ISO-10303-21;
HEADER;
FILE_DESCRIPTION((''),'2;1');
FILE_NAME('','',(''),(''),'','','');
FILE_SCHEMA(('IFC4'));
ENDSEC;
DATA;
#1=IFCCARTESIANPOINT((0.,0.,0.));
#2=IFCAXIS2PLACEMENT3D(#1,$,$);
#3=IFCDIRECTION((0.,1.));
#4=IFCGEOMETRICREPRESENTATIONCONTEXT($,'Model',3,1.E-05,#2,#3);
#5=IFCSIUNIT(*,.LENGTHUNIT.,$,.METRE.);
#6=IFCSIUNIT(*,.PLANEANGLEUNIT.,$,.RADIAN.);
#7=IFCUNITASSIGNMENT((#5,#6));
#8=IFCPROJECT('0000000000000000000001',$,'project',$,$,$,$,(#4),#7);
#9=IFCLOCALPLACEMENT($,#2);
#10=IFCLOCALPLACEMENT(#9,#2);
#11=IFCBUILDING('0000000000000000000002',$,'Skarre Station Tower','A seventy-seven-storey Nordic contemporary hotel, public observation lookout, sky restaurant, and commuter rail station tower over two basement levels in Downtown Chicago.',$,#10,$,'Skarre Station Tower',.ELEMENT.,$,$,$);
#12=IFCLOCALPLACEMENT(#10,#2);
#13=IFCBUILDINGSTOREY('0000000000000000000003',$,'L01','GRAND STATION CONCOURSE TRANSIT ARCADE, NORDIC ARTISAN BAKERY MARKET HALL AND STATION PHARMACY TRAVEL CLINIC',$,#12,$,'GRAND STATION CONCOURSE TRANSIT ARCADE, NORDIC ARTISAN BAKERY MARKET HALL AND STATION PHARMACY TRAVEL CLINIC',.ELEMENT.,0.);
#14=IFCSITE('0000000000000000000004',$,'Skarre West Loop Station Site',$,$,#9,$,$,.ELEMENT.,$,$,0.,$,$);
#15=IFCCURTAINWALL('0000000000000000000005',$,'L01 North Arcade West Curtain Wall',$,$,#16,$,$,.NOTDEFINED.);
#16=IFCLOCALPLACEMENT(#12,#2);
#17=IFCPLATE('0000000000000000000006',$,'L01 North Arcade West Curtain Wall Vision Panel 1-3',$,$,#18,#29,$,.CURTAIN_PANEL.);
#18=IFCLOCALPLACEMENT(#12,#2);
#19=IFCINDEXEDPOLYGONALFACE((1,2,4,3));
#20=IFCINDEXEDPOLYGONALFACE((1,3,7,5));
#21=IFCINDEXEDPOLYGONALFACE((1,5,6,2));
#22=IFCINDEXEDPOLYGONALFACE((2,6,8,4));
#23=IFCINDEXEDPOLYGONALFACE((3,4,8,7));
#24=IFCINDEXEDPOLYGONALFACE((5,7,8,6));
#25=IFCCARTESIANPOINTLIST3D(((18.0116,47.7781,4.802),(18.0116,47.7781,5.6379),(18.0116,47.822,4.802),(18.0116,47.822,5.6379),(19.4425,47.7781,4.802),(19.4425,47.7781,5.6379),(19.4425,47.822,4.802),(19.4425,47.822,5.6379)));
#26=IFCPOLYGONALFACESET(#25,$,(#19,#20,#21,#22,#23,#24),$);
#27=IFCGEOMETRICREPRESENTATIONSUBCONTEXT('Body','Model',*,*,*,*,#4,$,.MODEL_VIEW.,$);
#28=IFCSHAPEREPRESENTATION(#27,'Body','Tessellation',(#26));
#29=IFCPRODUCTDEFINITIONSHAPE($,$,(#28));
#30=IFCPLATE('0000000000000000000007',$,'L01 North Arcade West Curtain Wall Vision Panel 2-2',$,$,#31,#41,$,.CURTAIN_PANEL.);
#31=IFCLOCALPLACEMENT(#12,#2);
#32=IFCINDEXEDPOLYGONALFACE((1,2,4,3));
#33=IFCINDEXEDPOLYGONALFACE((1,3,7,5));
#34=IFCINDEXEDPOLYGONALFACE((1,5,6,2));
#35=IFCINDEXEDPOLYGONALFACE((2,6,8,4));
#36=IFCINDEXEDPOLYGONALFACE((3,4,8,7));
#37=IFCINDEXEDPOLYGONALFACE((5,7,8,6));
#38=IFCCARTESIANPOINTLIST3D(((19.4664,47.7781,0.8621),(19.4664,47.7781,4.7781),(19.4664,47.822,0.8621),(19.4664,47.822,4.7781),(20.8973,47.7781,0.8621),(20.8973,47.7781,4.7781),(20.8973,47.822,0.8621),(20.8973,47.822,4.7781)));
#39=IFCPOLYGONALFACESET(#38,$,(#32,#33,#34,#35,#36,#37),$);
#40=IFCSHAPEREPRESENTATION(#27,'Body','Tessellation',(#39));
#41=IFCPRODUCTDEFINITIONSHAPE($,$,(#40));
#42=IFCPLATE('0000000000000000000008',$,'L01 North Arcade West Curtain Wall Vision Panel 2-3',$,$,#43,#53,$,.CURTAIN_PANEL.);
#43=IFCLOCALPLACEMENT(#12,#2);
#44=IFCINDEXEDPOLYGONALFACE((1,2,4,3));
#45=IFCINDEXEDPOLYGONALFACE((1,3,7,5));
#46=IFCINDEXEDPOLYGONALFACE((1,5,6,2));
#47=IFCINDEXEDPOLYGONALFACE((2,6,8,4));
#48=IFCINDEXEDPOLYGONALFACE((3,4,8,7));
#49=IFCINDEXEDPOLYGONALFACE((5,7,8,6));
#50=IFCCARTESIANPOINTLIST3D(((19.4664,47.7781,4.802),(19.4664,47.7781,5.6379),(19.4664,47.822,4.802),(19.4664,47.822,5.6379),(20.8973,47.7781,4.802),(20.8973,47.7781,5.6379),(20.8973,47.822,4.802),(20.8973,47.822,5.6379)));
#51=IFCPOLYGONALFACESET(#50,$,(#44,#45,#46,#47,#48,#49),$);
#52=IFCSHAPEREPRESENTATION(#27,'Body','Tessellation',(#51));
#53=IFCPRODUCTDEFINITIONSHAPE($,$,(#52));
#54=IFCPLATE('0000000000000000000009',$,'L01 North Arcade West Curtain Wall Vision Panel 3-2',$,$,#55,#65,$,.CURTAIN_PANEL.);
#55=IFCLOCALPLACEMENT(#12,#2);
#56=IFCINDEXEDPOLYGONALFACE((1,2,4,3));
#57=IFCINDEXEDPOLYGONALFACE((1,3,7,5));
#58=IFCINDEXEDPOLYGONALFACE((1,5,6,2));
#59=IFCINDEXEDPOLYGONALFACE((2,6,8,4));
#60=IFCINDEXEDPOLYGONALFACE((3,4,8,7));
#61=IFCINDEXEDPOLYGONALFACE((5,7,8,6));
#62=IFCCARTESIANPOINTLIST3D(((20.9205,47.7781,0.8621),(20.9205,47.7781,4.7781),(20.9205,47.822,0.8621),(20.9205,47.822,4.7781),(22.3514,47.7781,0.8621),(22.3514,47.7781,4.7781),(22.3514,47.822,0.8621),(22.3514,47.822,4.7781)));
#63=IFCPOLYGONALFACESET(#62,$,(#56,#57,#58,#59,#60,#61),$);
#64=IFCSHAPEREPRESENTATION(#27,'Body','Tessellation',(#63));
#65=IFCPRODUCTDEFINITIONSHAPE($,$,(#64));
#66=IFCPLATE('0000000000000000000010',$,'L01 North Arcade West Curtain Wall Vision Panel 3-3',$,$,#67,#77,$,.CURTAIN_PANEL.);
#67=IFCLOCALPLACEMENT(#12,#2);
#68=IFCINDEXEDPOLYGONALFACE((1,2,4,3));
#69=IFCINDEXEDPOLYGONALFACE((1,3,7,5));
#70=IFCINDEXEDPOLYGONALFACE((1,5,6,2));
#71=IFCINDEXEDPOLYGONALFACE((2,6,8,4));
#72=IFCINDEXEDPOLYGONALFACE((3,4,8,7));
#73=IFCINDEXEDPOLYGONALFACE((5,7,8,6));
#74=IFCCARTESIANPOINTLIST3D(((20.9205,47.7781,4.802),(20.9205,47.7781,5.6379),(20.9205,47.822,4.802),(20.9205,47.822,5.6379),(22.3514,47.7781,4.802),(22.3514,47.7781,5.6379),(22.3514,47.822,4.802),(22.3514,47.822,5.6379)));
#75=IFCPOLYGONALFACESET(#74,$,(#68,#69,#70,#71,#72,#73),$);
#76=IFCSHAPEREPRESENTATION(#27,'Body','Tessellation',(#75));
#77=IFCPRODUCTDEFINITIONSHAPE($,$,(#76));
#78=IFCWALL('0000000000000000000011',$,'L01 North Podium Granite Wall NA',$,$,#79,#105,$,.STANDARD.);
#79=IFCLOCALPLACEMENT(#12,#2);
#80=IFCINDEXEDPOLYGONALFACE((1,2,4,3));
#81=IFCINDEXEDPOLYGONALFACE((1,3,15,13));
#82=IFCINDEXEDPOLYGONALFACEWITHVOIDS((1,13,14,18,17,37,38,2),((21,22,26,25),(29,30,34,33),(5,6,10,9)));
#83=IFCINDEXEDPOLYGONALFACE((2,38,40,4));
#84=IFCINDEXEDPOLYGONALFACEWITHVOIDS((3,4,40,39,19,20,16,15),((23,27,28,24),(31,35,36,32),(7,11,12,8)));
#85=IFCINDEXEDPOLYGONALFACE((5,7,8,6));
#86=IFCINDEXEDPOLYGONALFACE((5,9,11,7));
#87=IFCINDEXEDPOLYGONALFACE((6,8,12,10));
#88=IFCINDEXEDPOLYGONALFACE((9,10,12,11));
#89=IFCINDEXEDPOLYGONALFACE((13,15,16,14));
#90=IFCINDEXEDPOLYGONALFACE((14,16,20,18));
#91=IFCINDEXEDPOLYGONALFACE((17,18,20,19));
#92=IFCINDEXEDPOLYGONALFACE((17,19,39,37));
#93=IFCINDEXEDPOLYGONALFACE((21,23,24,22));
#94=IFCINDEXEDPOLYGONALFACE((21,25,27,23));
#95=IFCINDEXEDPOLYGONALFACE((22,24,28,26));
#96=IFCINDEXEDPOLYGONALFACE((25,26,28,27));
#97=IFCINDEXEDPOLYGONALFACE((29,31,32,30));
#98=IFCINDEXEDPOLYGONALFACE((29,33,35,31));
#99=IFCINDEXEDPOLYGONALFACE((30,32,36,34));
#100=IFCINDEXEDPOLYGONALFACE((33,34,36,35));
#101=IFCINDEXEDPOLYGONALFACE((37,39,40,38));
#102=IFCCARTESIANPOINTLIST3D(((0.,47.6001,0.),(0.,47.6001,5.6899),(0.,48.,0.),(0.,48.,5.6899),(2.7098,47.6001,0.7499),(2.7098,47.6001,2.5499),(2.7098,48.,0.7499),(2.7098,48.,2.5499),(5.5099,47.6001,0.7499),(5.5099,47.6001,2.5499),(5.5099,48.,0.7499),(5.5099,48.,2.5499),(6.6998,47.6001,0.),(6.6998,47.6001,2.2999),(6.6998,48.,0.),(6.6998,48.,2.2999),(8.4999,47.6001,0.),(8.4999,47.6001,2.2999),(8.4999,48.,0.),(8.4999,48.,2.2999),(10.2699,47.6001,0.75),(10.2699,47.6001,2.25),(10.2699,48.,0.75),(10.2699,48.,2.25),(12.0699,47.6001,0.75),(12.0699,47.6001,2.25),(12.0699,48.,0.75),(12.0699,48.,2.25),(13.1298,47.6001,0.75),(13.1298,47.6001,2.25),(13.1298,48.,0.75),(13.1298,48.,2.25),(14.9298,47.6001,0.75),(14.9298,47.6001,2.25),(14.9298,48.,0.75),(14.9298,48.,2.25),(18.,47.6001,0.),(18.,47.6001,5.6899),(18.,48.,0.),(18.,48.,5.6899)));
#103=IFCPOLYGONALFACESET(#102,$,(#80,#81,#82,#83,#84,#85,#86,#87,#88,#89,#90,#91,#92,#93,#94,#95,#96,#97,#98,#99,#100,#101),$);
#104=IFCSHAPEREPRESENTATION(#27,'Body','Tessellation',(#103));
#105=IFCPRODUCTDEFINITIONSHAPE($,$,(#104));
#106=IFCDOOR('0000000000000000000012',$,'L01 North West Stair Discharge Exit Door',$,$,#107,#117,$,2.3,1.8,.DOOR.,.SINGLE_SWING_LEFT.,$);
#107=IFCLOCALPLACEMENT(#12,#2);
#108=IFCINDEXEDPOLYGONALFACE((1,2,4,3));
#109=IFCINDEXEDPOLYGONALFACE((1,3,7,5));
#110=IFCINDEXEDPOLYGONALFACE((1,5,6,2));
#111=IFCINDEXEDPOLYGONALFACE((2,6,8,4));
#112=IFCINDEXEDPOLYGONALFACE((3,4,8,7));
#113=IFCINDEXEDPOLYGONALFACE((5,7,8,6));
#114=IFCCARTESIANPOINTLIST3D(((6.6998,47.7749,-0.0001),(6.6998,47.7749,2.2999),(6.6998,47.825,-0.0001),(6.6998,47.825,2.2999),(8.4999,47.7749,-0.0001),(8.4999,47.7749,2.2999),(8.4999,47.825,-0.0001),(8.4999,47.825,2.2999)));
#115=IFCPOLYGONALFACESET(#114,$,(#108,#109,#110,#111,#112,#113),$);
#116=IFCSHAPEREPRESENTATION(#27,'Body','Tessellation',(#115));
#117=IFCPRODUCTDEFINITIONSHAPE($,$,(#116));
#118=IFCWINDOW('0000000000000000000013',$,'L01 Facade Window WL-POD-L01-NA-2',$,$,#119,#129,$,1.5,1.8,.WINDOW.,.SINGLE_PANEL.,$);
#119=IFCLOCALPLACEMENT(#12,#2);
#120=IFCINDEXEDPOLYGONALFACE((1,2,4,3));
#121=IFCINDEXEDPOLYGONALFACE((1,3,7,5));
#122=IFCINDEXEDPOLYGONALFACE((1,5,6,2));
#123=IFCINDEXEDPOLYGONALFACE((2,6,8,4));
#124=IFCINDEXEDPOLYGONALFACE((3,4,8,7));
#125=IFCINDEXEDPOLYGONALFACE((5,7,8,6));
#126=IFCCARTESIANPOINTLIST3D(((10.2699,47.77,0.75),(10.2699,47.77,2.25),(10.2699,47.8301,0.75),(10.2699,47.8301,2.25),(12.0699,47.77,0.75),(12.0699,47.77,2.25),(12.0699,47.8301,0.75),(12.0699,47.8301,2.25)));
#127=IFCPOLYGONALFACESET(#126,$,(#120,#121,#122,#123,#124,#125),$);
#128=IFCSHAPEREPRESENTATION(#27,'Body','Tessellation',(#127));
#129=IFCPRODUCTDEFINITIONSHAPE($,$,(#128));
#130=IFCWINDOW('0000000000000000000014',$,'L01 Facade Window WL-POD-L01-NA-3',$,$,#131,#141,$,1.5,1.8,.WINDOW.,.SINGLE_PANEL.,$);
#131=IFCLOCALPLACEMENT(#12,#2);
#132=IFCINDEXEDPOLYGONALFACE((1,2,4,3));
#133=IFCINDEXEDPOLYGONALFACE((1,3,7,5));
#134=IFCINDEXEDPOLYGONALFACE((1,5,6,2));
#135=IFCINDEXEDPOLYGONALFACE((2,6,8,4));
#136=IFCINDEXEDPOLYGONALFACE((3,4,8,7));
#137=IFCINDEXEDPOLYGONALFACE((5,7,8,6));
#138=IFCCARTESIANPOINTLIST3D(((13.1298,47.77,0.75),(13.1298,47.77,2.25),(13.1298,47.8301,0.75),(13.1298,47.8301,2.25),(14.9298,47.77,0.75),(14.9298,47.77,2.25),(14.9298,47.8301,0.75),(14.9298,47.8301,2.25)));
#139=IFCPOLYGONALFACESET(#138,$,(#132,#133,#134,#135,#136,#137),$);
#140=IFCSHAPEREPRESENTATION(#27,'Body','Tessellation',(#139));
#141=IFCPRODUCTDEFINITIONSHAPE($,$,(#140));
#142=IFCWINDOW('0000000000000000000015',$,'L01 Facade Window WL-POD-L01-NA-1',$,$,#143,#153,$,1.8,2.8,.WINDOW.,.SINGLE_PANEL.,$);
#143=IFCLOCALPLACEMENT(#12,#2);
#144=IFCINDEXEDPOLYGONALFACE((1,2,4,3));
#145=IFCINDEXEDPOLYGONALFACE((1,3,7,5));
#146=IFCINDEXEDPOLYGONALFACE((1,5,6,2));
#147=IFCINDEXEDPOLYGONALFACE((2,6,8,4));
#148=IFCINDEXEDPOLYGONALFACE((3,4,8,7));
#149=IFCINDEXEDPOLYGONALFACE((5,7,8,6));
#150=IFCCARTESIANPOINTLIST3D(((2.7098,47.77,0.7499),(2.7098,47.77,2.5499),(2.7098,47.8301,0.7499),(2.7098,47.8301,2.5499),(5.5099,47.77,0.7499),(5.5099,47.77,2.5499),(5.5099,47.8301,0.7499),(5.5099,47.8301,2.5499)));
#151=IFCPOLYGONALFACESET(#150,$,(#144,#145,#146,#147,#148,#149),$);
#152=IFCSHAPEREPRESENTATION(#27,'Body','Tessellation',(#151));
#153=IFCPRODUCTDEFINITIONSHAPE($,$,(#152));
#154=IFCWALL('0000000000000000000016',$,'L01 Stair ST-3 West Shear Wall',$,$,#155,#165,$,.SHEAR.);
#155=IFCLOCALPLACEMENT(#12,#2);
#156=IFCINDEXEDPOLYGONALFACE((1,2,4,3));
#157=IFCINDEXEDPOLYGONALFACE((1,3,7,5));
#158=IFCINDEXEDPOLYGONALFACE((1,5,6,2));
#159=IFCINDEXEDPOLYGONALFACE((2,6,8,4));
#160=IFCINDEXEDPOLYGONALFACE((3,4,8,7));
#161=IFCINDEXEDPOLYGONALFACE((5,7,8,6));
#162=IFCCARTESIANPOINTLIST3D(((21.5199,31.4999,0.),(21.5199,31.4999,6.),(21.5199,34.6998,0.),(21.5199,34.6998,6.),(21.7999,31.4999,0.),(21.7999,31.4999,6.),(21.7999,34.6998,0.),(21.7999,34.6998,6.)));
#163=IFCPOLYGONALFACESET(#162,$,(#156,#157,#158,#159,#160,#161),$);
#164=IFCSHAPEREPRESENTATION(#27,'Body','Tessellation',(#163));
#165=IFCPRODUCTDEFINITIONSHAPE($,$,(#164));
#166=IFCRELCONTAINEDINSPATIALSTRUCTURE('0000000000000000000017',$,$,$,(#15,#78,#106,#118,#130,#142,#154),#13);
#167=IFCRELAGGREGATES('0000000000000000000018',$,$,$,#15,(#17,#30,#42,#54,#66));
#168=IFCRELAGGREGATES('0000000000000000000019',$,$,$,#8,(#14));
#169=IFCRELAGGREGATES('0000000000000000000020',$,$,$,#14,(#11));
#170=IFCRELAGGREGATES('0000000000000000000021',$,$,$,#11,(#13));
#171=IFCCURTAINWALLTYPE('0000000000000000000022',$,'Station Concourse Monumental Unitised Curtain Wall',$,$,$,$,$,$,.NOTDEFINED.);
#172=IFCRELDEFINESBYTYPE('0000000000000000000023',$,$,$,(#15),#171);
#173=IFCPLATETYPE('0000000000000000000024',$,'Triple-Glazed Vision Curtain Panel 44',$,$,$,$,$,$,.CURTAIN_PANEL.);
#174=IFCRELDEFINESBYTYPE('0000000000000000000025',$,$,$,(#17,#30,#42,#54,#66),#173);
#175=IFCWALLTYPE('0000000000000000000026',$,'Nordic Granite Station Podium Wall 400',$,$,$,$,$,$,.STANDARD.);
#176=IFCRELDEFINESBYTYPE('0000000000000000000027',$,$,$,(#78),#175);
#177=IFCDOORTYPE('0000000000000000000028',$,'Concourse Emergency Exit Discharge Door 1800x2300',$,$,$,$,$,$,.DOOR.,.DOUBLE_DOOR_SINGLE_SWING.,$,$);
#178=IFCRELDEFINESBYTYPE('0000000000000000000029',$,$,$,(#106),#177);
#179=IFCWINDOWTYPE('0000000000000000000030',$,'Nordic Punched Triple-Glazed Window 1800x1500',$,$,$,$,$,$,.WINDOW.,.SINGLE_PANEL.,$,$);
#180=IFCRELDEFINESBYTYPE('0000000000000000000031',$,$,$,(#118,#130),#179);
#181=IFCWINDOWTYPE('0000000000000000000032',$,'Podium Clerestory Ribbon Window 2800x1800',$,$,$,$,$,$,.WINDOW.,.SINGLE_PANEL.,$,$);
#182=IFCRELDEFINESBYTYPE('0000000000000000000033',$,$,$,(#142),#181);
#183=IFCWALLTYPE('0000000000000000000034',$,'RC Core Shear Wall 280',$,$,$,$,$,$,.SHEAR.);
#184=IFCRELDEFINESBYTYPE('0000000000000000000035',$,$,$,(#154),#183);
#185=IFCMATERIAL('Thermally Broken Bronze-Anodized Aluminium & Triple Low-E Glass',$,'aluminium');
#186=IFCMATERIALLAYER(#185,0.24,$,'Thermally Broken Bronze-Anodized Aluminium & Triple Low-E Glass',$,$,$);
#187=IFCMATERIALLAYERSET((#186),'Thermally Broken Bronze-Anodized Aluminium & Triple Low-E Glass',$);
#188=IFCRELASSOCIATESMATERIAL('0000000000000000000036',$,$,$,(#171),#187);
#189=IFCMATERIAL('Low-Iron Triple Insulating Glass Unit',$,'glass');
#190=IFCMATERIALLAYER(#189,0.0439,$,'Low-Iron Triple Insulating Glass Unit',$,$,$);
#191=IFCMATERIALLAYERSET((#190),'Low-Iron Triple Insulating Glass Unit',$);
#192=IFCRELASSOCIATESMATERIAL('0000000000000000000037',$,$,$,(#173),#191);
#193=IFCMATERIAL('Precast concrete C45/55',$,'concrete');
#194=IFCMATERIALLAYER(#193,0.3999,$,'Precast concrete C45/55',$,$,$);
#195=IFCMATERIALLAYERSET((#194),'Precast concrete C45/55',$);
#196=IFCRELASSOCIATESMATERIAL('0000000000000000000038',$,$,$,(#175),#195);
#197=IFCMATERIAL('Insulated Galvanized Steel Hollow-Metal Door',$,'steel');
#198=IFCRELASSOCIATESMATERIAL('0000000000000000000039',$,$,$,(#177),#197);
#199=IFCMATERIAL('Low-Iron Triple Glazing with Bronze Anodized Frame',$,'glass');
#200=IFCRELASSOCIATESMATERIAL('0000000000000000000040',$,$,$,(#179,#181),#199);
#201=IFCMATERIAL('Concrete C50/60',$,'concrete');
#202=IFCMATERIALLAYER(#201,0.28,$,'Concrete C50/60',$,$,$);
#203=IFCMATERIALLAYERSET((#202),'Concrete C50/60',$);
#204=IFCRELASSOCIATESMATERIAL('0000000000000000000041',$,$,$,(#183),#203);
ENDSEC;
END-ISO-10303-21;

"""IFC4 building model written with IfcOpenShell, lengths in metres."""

from ifc_helpers import new_model, si_unit, direction, frame, frame_2d, origin, origin_2d, place, context, subcontext, project, spatial, rectangle, extrude, material, layer, layer_set, type_object, element, fill, aggregate, save


model = new_model("IFC4")

# Units and contexts
model_context = context("Model", 3, precision=1e-05, world=origin(), true_north=direction((0.0, 1.0)))
body_context = subcontext(model_context, "Body", "Model", "MODEL_VIEW")
ifc_project = project(units=[si_unit("LENGTHUNIT", "METRE"), si_unit("PLANEANGLEUNIT", "RADIAN")], contexts=[model_context])

# Site, building, storey
site_placement = place(None, origin())
site = spatial("IfcSite", under=ifc_project, at=site_placement, Name="Skarre West Loop Station Site", CompositionType="ELEMENT", RefElevation=0.0)
building_placement = place(site_placement, origin())
building = spatial("IfcBuilding", under=site, at=building_placement, Name="Skarre Station Tower", Description="A seventy-seven-storey Nordic contemporary hotel, public observation lookout, sky restaurant, and commuter rail station tower over two basement levels in Downtown Chicago.", LongName="Skarre Station Tower", CompositionType="ELEMENT")
storey_placement = place(building_placement, origin())
storey = spatial("IfcBuildingStorey", under=building, at=storey_placement, Name="L01", Description="GRAND STATION CONCOURSE TRANSIT ARCADE, NORDIC ARTISAN BAKERY MARKET HALL AND STATION PHARMACY TRAVEL CLINIC", LongName="GRAND STATION CONCOURSE TRANSIT ARCADE, NORDIC ARTISAN BAKERY MARKET HALL AND STATION PHARMACY TRAVEL CLINIC", CompositionType="ELEMENT", Elevation=0.0)

# Curtain wall
ifc_material_1 = material(Name="Thermally Broken Bronze-Anodized Aluminium & Triple Low-E Glass", Category="aluminium")
ifc_layer_1 = layer(ifc_material_1, 0.24, Name="Thermally Broken Bronze-Anodized Aluminium & Triple Low-E Glass")
ifc_layer_set_1 = layer_set([ifc_layer_1], Name="Thermally Broken Bronze-Anodized Aluminium & Triple Low-E Glass")
curtain_wall_type = type_object("IfcCurtainWallType", Name="Station Concourse Monumental Unitised Curtain Wall", PredefinedType="NOTDEFINED", material=ifc_layer_set_1)
curtain_wall_placement = place(storey_placement, origin())
curtain_wall = element("IfcCurtainWall", 1, at=curtain_wall_placement, inside=storey, type_object=curtain_wall_type, Name="L01 North Arcade West Curtain Wall", PredefinedType="NOTDEFINED")

# Plates
ifc_material_2 = material(Name="Low-Iron Triple Insulating Glass Unit", Category="glass")
ifc_layer_2 = layer(ifc_material_2, 0.0439, Name="Low-Iron Triple Insulating Glass Unit")
ifc_layer_set_2 = layer_set([ifc_layer_2], Name="Low-Iron Triple Insulating Glass Unit")
plate_type_1 = type_object("IfcPlateType", Name="Triple-Glazed Vision Curtain Panel 44", PredefinedType="CURTAIN_PANEL", material=ifc_layer_set_2)
plate_1_placement = place(storey_placement, frame((18.7271, 47.8, 4.802), z_axis=(0.0, 0.0, 1.0), x_axis=(1.0, 0.0, 0.0)))
plate_1 = element("IfcPlate", 2, at=plate_1_placement, type_object=plate_type_1, Name="L01 North Arcade West Curtain Wall Vision Panel 1-3", PredefinedType="CURTAIN_PANEL", context=body_context, shape_type="SweptSolid", body=[
    extrude(rectangle(XDim=1.4309, YDim=0.0439, at=origin_2d()), origin(), (0.0, 0.0, 1.0), 0.8359),
])
plate_2_placement = place(storey_placement, frame((20.1819, 47.8, 0.8621), z_axis=(0.0, 0.0, 1.0), x_axis=(1.0, 0.0, 0.0)))
plate_2 = element("IfcPlate", 3, at=plate_2_placement, type_object=plate_type_1, Name="L01 North Arcade West Curtain Wall Vision Panel 2-2", PredefinedType="CURTAIN_PANEL", context=body_context, shape_type="SweptSolid", body=[
    extrude(rectangle(XDim=1.4309, YDim=0.0439, at=origin_2d()), origin(), (0.0, 0.0, 1.0), 3.916),
])
plate_3_placement = place(storey_placement, frame((20.1819, 47.8, 4.802), z_axis=(0.0, 0.0, 1.0), x_axis=(1.0, 0.0, 0.0)))
plate_3 = element("IfcPlate", 4, at=plate_3_placement, type_object=plate_type_1, Name="L01 North Arcade West Curtain Wall Vision Panel 2-3", PredefinedType="CURTAIN_PANEL", context=body_context, shape_type="SweptSolid", body=[
    extrude(rectangle(XDim=1.4309, YDim=0.0439, at=origin_2d()), origin(), (0.0, 0.0, 1.0), 0.8359),
])
plate_4_placement = place(storey_placement, frame((21.636, 47.8, 0.8621), z_axis=(0.0, 0.0, 1.0), x_axis=(1.0, 0.0, 0.0)))
plate_4 = element("IfcPlate", 5, at=plate_4_placement, type_object=plate_type_1, Name="L01 North Arcade West Curtain Wall Vision Panel 3-2", PredefinedType="CURTAIN_PANEL", context=body_context, shape_type="SweptSolid", body=[
    extrude(rectangle(XDim=1.4309, YDim=0.0439, at=origin_2d()), origin(), (0.0, 0.0, 1.0), 3.916),
])
plate_5_placement = place(storey_placement, frame((21.636, 47.8, 4.802), z_axis=(0.0, 0.0, 1.0), x_axis=(1.0, 0.0, 0.0)))
plate_5 = element("IfcPlate", 6, at=plate_5_placement, type_object=plate_type_1, Name="L01 North Arcade West Curtain Wall Vision Panel 3-3", PredefinedType="CURTAIN_PANEL", context=body_context, shape_type="SweptSolid", body=[
    extrude(rectangle(XDim=1.4309, YDim=0.0439, at=origin_2d()), origin(), (0.0, 0.0, 1.0), 0.8359),
])
aggregate(curtain_wall, [plate_1, plate_2, plate_3, plate_4, plate_5])

# Wall, openings, door, windows
ifc_material_3 = material(Name="Precast concrete C45/55", Category="concrete")
ifc_layer_3 = layer(ifc_material_3, 0.3999, Name="Precast concrete C45/55")
ifc_layer_set_3 = layer_set([ifc_layer_3], Name="Precast concrete C45/55")
wall_type_1 = type_object("IfcWallType", Name="Nordic Granite Station Podium Wall 400", PredefinedType="STANDARD", material=ifc_layer_set_3)
wall_1_placement = place(storey_placement, frame((0.0, 47.8, 0.0), z_axis=(0.0, 0.0, 1.0), x_axis=(1.0, 0.0, 0.0)))
wall_1 = element("IfcWall", 7, at=wall_1_placement, inside=storey, type_object=wall_type_1, Name="L01 North Podium Granite Wall NA", PredefinedType="STANDARD", context=body_context, shape_type="SweptSolid", body=[
    extrude(rectangle(XDim=18.0, YDim=0.3999, at=frame_2d((9.0, 0.0))), origin(), (0.0, 0.0, 1.0), 5.6899),
])
opening_1_placement = place(wall_1_placement, frame((6.7, 0.0, 0.0)))
opening_1 = element("IfcOpeningElement", 8, at=opening_1_placement, cuts=wall_1, PredefinedType="OPENING", context=body_context, shape_type="SweptSolid", body=[
    extrude(rectangle(XDim=1.8, YDim=2.3, at=frame_2d((0.8999, 1.1499))), frame((0.0, 0.21, 0.0), z_axis=(0.0, -1.0, 0.0), x_axis=(1.0, 0.0, 0.0)), (0.0, 0.0, 1.0), 0.4199),
])
opening_2_placement = place(wall_1_placement, frame((2.71, 0.0, 0.75)))
opening_2 = element("IfcOpeningElement", 9, at=opening_2_placement, cuts=wall_1, PredefinedType="OPENING", context=body_context, shape_type="SweptSolid", body=[
    extrude(rectangle(XDim=2.8, YDim=1.8, at=frame_2d((1.3999, 0.8999))), frame((0.0, 0.21, 0.0), z_axis=(0.0, -1.0, 0.0), x_axis=(1.0, 0.0, 0.0)), (0.0, 0.0, 1.0), 0.4199),
])
opening_3_placement = place(wall_1_placement, frame((10.27, 0.0, 0.75)))
opening_3 = element("IfcOpeningElement", 10, at=opening_3_placement, cuts=wall_1, PredefinedType="OPENING", context=body_context, shape_type="SweptSolid", body=[
    extrude(rectangle(XDim=1.8, YDim=1.5, at=frame_2d((0.8999, 0.75))), frame((0.0, 0.21, 0.0), z_axis=(0.0, -1.0, 0.0), x_axis=(1.0, 0.0, 0.0)), (0.0, 0.0, 1.0), 0.4199),
])
opening_4_placement = place(wall_1_placement, frame((13.1299, 0.0, 0.75)))
opening_4 = element("IfcOpeningElement", 11, at=opening_4_placement, cuts=wall_1, PredefinedType="OPENING", context=body_context, shape_type="SweptSolid", body=[
    extrude(rectangle(XDim=1.8, YDim=1.5, at=frame_2d((0.8999, 0.75))), frame((0.0, 0.21, 0.0), z_axis=(0.0, -1.0, 0.0), x_axis=(1.0, 0.0, 0.0)), (0.0, 0.0, 1.0), 0.4199),
])
ifc_material_4 = material(Name="Insulated Galvanized Steel Hollow-Metal Door", Category="steel")
door_type = type_object("IfcDoorType", Name="Concourse Emergency Exit Discharge Door 1800x2300", OperationType="DOUBLE_DOOR_SINGLE_SWING", PredefinedType="DOOR", material=ifc_material_4)
door_placement = place(opening_1_placement, origin())
door = element("IfcDoor", 12, at=door_placement, inside=storey, type_object=door_type, Name="L01 North West Stair Discharge Exit Door", OperationType="SINGLE_SWING_LEFT", OverallHeight=2.3, OverallWidth=1.8, PredefinedType="DOOR", context=body_context, shape_type="SweptSolid", body=[
    extrude(rectangle(XDim=1.8, YDim=2.3, at=frame_2d((0.8999, 1.1499))), frame((0.0, 0.0249, 0.0), z_axis=(0.0, -1.0, 0.0), x_axis=(1.0, 0.0, 0.0)), (0.0, 0.0, 1.0), 0.05),
])
fill(opening_1, door)
ifc_material_5 = material(Name="Low-Iron Triple Glazing with Bronze Anodized Frame", Category="glass")
window_type_1 = type_object("IfcWindowType", Name="Nordic Punched Triple-Glazed Window 1800x1500", PartitioningType="SINGLE_PANEL", PredefinedType="WINDOW", material=ifc_material_5)
window_1_placement = place(opening_3_placement, origin())
window_1 = element("IfcWindow", 13, at=window_1_placement, inside=storey, type_object=window_type_1, Name="L01 Facade Window WL-POD-L01-NA-2", OverallHeight=1.5, OverallWidth=1.8, PartitioningType="SINGLE_PANEL", PredefinedType="WINDOW", context=body_context, shape_type="SweptSolid", body=[
    extrude(rectangle(XDim=1.8, YDim=1.5, at=frame_2d((0.8999, 0.75))), frame((0.0, 0.03, 0.0), z_axis=(0.0, -1.0, 0.0), x_axis=(1.0, 0.0, 0.0)), (0.0, 0.0, 1.0), 0.0601),
])
fill(opening_3, window_1)
window_2_placement = place(opening_4_placement, origin())
window_2 = element("IfcWindow", 14, at=window_2_placement, inside=storey, type_object=window_type_1, Name="L01 Facade Window WL-POD-L01-NA-3", OverallHeight=1.5, OverallWidth=1.8, PartitioningType="SINGLE_PANEL", PredefinedType="WINDOW", context=body_context, shape_type="SweptSolid", body=[
    extrude(rectangle(XDim=1.8, YDim=1.5, at=frame_2d((0.8999, 0.75))), frame((0.0, 0.03, 0.0), z_axis=(0.0, -1.0, 0.0), x_axis=(1.0, 0.0, 0.0)), (0.0, 0.0, 1.0), 0.0601),
])
fill(opening_4, window_2)
window_type_2 = type_object("IfcWindowType", Name="Podium Clerestory Ribbon Window 2800x1800", PartitioningType="SINGLE_PANEL", PredefinedType="WINDOW", material=ifc_material_5)
window_3_placement = place(opening_2_placement, origin())
window_3 = element("IfcWindow", 15, at=window_3_placement, inside=storey, type_object=window_type_2, Name="L01 Facade Window WL-POD-L01-NA-1", OverallHeight=1.8, OverallWidth=2.8, PartitioningType="SINGLE_PANEL", PredefinedType="WINDOW", context=body_context, shape_type="SweptSolid", body=[
    extrude(rectangle(XDim=2.8, YDim=1.8, at=frame_2d((1.3999, 0.8999))), frame((0.0, 0.03, 0.0), z_axis=(0.0, -1.0, 0.0), x_axis=(1.0, 0.0, 0.0)), (0.0, 0.0, 1.0), 0.0601),
])
fill(opening_2, window_3)

# Wall
ifc_material_6 = material(Name="Concrete C50/60", Category="concrete")
ifc_layer_4 = layer(ifc_material_6, 0.28, Name="Concrete C50/60")
ifc_layer_set_4 = layer_set([ifc_layer_4], Name="Concrete C50/60")
wall_type_2 = type_object("IfcWallType", Name="RC Core Shear Wall 280", PredefinedType="SHEAR", material=ifc_layer_set_4)
wall_2_placement = place(storey_placement, frame((21.6599, 34.7, 0.0), z_axis=(0.0, 0.0, 1.0), x_axis=(0.0, -1.0, 0.0)))
element("IfcWall", 16, at=wall_2_placement, inside=storey, type_object=wall_type_2, Name="L01 Stair ST-3 West Shear Wall", PredefinedType="SHEAR", context=body_context, shape_type="SweptSolid", body=[
    extrude(rectangle(XDim=3.2, YDim=0.28, at=frame_2d((1.6001, 0.0))), origin(), (0.0, 0.0, 1.0), 6.0),
])

save(model, "model.ifc")
